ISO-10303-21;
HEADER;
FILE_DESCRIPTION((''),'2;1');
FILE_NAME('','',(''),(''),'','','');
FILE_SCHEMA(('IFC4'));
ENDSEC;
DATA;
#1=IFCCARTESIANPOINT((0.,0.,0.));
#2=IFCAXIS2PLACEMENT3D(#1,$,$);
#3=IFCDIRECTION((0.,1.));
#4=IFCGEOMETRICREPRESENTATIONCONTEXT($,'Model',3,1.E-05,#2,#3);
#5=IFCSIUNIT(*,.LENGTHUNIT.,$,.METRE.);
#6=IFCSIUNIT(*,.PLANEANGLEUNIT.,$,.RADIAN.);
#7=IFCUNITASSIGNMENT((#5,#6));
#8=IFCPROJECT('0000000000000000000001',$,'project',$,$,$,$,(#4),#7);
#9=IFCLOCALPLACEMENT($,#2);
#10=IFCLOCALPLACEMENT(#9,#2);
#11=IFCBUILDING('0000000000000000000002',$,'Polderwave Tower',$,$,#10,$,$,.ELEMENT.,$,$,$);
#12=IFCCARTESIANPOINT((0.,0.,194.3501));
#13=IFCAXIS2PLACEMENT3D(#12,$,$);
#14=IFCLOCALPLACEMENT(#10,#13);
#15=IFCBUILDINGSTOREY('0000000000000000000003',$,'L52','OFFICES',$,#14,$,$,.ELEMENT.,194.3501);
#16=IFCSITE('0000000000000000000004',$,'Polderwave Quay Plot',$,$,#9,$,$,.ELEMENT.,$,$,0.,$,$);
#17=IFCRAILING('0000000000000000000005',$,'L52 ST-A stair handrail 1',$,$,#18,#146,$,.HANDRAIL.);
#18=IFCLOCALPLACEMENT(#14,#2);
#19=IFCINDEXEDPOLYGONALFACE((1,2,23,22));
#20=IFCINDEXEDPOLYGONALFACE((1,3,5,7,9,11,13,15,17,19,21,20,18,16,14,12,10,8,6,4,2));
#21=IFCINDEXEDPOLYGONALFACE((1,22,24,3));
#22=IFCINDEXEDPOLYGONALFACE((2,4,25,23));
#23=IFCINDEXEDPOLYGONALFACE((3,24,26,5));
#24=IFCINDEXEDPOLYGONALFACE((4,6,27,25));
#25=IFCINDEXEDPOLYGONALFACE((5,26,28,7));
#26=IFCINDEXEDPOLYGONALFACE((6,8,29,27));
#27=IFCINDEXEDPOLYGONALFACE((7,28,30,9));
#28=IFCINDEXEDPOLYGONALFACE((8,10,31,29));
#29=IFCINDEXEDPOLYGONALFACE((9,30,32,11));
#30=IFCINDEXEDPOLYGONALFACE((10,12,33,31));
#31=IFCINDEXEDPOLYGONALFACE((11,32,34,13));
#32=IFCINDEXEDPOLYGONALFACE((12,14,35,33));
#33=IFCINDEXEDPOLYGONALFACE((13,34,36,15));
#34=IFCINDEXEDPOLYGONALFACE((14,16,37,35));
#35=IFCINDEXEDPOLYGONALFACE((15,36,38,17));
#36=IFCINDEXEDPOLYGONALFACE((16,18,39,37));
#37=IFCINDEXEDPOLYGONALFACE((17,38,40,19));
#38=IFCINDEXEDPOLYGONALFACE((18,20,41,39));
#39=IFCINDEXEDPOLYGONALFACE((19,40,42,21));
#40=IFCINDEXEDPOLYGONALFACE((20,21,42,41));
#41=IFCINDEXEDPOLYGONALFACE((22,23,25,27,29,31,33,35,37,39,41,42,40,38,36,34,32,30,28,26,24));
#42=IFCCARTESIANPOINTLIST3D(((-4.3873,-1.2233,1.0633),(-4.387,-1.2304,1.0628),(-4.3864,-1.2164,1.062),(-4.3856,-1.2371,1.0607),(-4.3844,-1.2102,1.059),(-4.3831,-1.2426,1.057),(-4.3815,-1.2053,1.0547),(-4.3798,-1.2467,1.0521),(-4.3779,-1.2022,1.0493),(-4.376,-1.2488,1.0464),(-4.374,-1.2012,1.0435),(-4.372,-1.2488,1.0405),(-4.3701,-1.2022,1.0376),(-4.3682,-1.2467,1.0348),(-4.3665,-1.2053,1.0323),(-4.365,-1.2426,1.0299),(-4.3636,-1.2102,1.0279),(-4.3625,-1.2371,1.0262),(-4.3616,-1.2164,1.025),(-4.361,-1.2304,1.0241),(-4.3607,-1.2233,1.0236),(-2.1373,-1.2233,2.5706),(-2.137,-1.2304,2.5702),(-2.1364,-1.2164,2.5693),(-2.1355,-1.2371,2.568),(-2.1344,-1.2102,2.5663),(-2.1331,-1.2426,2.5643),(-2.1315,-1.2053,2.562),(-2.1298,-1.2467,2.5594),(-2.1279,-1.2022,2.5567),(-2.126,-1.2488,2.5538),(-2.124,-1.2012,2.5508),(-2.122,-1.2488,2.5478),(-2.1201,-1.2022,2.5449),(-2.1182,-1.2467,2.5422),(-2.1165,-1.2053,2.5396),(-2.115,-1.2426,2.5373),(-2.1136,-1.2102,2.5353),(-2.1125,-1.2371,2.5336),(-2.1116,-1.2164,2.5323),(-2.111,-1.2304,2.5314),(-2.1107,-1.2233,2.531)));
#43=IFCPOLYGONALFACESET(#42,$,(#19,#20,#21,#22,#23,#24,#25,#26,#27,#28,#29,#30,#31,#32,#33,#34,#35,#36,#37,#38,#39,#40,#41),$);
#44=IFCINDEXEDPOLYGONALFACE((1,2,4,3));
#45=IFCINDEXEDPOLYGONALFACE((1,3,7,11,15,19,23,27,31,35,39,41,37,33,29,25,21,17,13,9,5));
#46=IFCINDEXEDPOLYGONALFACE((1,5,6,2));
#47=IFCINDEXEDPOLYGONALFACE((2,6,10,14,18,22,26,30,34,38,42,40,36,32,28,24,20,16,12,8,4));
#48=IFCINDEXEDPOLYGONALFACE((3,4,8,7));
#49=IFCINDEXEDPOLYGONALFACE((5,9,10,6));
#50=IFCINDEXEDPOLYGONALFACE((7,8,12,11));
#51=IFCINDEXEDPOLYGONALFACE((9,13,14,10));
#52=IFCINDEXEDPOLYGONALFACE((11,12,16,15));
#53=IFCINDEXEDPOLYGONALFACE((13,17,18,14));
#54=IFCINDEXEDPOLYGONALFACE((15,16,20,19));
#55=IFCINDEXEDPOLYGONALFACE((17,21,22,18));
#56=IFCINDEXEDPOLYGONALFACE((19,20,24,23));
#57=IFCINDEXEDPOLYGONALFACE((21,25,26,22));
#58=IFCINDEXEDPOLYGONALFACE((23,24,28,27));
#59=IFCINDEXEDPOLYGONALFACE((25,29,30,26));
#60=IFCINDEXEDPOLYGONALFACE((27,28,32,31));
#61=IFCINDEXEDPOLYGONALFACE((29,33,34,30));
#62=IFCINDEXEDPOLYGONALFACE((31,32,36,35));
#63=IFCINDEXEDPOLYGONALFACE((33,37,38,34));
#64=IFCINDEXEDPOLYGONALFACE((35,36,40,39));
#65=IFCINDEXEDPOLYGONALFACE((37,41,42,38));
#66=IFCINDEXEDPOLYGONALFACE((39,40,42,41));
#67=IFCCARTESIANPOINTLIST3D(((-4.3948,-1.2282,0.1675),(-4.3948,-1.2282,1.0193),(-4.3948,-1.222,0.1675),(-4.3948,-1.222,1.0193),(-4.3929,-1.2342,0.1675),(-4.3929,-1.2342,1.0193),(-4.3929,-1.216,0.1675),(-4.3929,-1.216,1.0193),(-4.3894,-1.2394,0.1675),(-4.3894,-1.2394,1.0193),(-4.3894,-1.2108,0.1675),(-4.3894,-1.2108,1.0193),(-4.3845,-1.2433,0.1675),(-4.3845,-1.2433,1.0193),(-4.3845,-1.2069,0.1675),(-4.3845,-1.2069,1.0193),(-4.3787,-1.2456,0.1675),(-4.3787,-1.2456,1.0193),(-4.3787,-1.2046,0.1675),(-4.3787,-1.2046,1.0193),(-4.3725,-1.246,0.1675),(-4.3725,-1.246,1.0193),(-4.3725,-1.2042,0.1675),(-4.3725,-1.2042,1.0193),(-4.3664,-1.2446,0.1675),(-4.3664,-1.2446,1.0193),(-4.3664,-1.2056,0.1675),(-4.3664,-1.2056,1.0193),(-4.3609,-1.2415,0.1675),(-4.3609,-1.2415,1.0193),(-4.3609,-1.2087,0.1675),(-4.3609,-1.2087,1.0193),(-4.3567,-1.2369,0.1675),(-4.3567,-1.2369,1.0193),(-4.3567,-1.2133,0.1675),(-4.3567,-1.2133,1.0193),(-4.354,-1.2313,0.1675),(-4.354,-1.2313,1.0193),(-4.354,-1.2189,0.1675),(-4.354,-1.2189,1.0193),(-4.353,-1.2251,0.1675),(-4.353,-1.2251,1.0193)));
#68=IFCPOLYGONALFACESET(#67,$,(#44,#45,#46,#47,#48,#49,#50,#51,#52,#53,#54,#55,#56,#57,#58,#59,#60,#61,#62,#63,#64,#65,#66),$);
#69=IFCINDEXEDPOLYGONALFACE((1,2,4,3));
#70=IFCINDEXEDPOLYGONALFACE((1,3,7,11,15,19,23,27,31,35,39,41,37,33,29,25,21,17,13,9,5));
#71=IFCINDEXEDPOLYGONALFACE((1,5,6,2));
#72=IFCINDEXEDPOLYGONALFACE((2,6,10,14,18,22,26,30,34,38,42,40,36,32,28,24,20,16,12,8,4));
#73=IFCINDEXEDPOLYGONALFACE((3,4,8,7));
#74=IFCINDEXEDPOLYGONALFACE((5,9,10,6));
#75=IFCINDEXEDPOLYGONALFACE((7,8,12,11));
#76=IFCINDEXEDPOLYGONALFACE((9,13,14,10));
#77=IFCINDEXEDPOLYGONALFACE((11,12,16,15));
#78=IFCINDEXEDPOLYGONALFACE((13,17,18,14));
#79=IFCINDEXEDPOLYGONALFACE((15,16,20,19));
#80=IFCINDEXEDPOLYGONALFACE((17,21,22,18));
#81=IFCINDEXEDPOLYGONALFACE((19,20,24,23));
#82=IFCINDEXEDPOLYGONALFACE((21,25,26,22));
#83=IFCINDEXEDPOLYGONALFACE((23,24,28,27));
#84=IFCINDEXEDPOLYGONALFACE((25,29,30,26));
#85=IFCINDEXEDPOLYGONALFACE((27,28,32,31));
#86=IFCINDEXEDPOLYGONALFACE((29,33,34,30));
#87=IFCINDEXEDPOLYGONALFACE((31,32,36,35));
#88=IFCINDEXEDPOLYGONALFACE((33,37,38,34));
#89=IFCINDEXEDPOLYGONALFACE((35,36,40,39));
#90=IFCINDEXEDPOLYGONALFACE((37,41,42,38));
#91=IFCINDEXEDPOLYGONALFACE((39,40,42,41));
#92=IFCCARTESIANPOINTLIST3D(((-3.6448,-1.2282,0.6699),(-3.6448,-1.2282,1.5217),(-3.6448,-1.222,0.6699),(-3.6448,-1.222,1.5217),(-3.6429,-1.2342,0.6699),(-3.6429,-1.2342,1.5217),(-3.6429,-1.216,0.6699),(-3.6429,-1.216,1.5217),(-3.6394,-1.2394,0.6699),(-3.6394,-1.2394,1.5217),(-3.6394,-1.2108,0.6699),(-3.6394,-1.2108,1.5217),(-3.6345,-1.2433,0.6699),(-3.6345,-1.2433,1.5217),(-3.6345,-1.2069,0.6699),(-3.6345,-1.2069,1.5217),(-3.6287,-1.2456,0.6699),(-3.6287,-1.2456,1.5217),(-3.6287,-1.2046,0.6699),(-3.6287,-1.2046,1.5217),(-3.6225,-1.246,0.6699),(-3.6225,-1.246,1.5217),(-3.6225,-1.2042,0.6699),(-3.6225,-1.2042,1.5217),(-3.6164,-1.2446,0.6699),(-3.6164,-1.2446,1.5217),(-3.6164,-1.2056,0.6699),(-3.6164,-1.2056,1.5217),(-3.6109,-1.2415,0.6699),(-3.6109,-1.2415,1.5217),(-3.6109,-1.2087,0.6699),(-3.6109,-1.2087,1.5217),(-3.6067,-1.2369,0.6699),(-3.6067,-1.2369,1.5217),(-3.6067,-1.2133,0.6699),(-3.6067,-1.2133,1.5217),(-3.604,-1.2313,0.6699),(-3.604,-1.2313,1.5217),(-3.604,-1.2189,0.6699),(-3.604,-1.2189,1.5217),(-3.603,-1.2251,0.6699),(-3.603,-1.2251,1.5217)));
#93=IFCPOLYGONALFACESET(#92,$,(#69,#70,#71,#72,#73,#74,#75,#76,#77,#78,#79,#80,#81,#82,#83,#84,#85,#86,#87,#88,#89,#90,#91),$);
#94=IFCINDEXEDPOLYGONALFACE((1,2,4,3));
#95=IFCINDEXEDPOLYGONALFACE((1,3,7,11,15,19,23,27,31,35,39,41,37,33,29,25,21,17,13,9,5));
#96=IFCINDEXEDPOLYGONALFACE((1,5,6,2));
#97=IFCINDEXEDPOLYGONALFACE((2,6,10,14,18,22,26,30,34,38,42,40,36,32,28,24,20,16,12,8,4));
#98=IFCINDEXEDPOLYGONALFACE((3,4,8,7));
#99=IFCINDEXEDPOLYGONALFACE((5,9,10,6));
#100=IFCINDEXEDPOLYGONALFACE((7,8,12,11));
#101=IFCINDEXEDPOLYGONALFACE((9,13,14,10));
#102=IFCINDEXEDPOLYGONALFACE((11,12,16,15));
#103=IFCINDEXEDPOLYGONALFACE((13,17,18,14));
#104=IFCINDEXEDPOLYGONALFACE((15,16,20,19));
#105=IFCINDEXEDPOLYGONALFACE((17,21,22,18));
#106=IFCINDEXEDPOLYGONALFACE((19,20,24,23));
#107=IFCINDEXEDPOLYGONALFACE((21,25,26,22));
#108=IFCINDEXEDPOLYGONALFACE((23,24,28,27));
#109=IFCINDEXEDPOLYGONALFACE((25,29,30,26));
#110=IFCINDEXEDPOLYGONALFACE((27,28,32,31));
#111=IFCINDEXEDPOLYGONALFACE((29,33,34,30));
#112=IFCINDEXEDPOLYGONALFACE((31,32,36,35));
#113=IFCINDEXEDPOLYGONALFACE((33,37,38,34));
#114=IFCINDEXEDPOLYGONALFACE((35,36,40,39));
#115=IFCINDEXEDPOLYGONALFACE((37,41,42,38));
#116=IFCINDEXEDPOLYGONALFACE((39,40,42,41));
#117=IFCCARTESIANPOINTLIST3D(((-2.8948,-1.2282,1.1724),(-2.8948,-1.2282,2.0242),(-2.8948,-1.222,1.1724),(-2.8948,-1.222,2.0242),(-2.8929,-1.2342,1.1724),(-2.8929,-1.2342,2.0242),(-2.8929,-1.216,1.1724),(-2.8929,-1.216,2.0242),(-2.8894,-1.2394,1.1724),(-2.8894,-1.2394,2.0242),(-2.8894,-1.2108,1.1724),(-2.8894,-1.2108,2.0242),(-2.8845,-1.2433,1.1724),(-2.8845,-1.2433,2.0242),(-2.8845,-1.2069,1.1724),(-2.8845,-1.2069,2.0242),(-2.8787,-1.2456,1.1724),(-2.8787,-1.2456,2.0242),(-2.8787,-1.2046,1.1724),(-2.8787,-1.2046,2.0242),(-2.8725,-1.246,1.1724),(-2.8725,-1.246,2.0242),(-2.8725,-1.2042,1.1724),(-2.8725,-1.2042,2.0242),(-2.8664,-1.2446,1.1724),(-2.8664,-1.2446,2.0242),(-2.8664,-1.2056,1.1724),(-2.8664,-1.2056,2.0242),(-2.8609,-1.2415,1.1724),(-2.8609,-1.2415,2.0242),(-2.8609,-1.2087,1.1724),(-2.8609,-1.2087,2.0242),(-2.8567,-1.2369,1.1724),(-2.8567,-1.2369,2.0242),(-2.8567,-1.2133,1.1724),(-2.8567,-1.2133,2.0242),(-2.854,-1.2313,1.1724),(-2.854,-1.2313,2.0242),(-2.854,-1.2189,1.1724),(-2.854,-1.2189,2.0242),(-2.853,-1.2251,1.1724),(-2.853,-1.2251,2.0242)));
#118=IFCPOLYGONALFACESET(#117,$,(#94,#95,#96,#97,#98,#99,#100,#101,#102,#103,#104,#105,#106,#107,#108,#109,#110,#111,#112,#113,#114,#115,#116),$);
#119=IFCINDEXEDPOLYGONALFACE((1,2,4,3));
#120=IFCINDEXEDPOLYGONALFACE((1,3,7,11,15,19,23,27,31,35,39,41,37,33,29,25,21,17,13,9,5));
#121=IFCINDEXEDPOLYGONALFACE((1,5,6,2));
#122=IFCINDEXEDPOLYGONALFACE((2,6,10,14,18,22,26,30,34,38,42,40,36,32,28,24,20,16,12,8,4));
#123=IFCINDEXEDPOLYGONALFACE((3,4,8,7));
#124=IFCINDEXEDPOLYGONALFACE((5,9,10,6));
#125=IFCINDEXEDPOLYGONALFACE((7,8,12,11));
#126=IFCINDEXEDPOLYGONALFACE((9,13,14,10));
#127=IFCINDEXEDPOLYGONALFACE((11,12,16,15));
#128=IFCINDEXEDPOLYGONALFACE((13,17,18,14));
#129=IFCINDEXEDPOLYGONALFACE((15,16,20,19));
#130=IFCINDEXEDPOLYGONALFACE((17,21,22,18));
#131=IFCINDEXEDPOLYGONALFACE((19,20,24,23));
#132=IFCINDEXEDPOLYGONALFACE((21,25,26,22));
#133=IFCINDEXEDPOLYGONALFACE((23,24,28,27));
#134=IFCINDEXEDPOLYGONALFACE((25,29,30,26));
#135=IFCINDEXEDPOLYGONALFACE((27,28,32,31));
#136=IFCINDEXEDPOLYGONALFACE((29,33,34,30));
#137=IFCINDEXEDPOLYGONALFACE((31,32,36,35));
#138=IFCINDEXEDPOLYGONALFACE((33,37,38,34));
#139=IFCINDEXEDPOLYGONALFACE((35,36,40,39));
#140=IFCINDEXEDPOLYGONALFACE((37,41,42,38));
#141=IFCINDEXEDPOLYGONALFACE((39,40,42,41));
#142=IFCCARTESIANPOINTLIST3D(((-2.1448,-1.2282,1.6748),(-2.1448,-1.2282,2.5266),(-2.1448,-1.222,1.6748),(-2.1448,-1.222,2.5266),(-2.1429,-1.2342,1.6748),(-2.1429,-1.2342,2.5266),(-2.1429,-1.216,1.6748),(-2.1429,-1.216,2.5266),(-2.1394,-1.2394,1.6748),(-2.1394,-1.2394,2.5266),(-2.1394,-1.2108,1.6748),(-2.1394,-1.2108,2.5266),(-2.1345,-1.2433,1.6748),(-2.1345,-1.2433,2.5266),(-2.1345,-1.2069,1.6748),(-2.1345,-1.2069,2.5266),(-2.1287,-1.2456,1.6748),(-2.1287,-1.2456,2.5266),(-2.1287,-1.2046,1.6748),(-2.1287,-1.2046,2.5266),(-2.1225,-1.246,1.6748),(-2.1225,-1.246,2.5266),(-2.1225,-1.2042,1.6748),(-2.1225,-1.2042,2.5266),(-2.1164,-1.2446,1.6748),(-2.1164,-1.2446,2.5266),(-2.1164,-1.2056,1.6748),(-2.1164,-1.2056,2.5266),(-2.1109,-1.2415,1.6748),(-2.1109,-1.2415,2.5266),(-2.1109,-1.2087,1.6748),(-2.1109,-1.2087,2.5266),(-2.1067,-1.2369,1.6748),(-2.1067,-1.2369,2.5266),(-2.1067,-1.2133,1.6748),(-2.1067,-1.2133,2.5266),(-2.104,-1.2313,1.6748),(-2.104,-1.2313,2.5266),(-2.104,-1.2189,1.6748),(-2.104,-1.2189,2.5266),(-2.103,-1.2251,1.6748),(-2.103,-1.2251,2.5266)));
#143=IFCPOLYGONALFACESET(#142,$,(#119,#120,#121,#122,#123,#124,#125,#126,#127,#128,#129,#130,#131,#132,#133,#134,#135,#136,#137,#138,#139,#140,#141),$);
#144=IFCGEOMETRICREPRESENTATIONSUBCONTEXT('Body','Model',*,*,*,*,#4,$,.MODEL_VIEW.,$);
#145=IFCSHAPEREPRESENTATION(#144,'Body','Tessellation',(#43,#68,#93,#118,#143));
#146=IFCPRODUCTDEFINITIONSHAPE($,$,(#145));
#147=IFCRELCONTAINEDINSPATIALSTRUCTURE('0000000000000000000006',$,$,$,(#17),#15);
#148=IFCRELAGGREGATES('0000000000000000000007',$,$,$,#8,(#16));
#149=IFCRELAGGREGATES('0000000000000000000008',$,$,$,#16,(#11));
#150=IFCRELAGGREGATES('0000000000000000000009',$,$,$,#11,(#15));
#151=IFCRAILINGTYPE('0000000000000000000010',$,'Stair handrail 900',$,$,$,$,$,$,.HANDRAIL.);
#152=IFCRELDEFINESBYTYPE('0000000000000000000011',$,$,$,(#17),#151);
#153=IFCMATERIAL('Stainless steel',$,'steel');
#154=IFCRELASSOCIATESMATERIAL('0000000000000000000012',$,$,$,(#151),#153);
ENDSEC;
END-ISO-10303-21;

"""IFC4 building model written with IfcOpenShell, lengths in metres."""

from ifc_helpers import new_model, si_unit, direction, frame, origin, origin_2d, place, context, subcontext, project, spatial, circle, extrude, material, type_object, element, save


model = new_model("IFC4")

# Units and contexts
model_context = context("Model", 3, precision=1e-05, world=origin(), true_north=direction((0.0, 1.0)))
body_context = subcontext(model_context, "Body", "Model", "MODEL_VIEW")
ifc_project = project(units=[si_unit("LENGTHUNIT", "METRE"), si_unit("PLANEANGLEUNIT", "RADIAN")], contexts=[model_context])

# Site, building, storey
site_placement = place(None, origin())
site = spatial("IfcSite", under=ifc_project, at=site_placement, Name="Polderwave Quay Plot", CompositionType="ELEMENT", RefElevation=0.0)
building_placement = place(site_placement, origin())
building = spatial("IfcBuilding", under=site, at=building_placement, Name="Polderwave Tower", CompositionType="ELEMENT")
storey_placement = place(building_placement, frame((0.0, 0.0, 194.3501)))
storey = spatial("IfcBuildingStorey", under=building, at=storey_placement, Name="L52", Description="OFFICES", CompositionType="ELEMENT", Elevation=194.3501)

# Railing
ifc_material_1 = material(Name="Stainless steel", Category="steel")
railing_type_1 = type_object("IfcRailingType", Name="Stair handrail 900", PredefinedType="HANDRAIL", material=ifc_material_1)
railing_1_placement = place(storey_placement, frame((-4.374, -1.2251, 0.1675)))
element("IfcRailing", 1, at=railing_1_placement, inside=storey, type_object=railing_type_1, Name="L52 ST-A stair handrail 1", PredefinedType="HANDRAIL", context=body_context, shape_type="SweptSolid", body=[
    extrude(circle(Radius=0.0239, at=origin_2d()), frame((0.0, 0.0, 0.876), z_axis=(0.8308, 0.0, 0.556571), x_axis=(0.0, 1.0, 0.0)), (0.0, 0.0, 1.0), 2.7083),
    extrude(circle(Radius=0.021, at=origin_2d()), origin(), (0.0, 0.0, 1.0), 0.8518),
    extrude(circle(Radius=0.021, at=origin_2d()), frame((0.75, 0.0, 0.5024)), (0.0, 0.0, 1.0), 0.8518),
    extrude(circle(Radius=0.021, at=origin_2d()), frame((1.5, 0.0, 1.0049)), (0.0, 0.0, 1.0), 0.8518),
    extrude(circle(Radius=0.021, at=origin_2d()), frame((2.25, 0.0, 1.5073)), (0.0, 0.0, 1.0), 0.8518),
])

save(model, "model.ifc")
